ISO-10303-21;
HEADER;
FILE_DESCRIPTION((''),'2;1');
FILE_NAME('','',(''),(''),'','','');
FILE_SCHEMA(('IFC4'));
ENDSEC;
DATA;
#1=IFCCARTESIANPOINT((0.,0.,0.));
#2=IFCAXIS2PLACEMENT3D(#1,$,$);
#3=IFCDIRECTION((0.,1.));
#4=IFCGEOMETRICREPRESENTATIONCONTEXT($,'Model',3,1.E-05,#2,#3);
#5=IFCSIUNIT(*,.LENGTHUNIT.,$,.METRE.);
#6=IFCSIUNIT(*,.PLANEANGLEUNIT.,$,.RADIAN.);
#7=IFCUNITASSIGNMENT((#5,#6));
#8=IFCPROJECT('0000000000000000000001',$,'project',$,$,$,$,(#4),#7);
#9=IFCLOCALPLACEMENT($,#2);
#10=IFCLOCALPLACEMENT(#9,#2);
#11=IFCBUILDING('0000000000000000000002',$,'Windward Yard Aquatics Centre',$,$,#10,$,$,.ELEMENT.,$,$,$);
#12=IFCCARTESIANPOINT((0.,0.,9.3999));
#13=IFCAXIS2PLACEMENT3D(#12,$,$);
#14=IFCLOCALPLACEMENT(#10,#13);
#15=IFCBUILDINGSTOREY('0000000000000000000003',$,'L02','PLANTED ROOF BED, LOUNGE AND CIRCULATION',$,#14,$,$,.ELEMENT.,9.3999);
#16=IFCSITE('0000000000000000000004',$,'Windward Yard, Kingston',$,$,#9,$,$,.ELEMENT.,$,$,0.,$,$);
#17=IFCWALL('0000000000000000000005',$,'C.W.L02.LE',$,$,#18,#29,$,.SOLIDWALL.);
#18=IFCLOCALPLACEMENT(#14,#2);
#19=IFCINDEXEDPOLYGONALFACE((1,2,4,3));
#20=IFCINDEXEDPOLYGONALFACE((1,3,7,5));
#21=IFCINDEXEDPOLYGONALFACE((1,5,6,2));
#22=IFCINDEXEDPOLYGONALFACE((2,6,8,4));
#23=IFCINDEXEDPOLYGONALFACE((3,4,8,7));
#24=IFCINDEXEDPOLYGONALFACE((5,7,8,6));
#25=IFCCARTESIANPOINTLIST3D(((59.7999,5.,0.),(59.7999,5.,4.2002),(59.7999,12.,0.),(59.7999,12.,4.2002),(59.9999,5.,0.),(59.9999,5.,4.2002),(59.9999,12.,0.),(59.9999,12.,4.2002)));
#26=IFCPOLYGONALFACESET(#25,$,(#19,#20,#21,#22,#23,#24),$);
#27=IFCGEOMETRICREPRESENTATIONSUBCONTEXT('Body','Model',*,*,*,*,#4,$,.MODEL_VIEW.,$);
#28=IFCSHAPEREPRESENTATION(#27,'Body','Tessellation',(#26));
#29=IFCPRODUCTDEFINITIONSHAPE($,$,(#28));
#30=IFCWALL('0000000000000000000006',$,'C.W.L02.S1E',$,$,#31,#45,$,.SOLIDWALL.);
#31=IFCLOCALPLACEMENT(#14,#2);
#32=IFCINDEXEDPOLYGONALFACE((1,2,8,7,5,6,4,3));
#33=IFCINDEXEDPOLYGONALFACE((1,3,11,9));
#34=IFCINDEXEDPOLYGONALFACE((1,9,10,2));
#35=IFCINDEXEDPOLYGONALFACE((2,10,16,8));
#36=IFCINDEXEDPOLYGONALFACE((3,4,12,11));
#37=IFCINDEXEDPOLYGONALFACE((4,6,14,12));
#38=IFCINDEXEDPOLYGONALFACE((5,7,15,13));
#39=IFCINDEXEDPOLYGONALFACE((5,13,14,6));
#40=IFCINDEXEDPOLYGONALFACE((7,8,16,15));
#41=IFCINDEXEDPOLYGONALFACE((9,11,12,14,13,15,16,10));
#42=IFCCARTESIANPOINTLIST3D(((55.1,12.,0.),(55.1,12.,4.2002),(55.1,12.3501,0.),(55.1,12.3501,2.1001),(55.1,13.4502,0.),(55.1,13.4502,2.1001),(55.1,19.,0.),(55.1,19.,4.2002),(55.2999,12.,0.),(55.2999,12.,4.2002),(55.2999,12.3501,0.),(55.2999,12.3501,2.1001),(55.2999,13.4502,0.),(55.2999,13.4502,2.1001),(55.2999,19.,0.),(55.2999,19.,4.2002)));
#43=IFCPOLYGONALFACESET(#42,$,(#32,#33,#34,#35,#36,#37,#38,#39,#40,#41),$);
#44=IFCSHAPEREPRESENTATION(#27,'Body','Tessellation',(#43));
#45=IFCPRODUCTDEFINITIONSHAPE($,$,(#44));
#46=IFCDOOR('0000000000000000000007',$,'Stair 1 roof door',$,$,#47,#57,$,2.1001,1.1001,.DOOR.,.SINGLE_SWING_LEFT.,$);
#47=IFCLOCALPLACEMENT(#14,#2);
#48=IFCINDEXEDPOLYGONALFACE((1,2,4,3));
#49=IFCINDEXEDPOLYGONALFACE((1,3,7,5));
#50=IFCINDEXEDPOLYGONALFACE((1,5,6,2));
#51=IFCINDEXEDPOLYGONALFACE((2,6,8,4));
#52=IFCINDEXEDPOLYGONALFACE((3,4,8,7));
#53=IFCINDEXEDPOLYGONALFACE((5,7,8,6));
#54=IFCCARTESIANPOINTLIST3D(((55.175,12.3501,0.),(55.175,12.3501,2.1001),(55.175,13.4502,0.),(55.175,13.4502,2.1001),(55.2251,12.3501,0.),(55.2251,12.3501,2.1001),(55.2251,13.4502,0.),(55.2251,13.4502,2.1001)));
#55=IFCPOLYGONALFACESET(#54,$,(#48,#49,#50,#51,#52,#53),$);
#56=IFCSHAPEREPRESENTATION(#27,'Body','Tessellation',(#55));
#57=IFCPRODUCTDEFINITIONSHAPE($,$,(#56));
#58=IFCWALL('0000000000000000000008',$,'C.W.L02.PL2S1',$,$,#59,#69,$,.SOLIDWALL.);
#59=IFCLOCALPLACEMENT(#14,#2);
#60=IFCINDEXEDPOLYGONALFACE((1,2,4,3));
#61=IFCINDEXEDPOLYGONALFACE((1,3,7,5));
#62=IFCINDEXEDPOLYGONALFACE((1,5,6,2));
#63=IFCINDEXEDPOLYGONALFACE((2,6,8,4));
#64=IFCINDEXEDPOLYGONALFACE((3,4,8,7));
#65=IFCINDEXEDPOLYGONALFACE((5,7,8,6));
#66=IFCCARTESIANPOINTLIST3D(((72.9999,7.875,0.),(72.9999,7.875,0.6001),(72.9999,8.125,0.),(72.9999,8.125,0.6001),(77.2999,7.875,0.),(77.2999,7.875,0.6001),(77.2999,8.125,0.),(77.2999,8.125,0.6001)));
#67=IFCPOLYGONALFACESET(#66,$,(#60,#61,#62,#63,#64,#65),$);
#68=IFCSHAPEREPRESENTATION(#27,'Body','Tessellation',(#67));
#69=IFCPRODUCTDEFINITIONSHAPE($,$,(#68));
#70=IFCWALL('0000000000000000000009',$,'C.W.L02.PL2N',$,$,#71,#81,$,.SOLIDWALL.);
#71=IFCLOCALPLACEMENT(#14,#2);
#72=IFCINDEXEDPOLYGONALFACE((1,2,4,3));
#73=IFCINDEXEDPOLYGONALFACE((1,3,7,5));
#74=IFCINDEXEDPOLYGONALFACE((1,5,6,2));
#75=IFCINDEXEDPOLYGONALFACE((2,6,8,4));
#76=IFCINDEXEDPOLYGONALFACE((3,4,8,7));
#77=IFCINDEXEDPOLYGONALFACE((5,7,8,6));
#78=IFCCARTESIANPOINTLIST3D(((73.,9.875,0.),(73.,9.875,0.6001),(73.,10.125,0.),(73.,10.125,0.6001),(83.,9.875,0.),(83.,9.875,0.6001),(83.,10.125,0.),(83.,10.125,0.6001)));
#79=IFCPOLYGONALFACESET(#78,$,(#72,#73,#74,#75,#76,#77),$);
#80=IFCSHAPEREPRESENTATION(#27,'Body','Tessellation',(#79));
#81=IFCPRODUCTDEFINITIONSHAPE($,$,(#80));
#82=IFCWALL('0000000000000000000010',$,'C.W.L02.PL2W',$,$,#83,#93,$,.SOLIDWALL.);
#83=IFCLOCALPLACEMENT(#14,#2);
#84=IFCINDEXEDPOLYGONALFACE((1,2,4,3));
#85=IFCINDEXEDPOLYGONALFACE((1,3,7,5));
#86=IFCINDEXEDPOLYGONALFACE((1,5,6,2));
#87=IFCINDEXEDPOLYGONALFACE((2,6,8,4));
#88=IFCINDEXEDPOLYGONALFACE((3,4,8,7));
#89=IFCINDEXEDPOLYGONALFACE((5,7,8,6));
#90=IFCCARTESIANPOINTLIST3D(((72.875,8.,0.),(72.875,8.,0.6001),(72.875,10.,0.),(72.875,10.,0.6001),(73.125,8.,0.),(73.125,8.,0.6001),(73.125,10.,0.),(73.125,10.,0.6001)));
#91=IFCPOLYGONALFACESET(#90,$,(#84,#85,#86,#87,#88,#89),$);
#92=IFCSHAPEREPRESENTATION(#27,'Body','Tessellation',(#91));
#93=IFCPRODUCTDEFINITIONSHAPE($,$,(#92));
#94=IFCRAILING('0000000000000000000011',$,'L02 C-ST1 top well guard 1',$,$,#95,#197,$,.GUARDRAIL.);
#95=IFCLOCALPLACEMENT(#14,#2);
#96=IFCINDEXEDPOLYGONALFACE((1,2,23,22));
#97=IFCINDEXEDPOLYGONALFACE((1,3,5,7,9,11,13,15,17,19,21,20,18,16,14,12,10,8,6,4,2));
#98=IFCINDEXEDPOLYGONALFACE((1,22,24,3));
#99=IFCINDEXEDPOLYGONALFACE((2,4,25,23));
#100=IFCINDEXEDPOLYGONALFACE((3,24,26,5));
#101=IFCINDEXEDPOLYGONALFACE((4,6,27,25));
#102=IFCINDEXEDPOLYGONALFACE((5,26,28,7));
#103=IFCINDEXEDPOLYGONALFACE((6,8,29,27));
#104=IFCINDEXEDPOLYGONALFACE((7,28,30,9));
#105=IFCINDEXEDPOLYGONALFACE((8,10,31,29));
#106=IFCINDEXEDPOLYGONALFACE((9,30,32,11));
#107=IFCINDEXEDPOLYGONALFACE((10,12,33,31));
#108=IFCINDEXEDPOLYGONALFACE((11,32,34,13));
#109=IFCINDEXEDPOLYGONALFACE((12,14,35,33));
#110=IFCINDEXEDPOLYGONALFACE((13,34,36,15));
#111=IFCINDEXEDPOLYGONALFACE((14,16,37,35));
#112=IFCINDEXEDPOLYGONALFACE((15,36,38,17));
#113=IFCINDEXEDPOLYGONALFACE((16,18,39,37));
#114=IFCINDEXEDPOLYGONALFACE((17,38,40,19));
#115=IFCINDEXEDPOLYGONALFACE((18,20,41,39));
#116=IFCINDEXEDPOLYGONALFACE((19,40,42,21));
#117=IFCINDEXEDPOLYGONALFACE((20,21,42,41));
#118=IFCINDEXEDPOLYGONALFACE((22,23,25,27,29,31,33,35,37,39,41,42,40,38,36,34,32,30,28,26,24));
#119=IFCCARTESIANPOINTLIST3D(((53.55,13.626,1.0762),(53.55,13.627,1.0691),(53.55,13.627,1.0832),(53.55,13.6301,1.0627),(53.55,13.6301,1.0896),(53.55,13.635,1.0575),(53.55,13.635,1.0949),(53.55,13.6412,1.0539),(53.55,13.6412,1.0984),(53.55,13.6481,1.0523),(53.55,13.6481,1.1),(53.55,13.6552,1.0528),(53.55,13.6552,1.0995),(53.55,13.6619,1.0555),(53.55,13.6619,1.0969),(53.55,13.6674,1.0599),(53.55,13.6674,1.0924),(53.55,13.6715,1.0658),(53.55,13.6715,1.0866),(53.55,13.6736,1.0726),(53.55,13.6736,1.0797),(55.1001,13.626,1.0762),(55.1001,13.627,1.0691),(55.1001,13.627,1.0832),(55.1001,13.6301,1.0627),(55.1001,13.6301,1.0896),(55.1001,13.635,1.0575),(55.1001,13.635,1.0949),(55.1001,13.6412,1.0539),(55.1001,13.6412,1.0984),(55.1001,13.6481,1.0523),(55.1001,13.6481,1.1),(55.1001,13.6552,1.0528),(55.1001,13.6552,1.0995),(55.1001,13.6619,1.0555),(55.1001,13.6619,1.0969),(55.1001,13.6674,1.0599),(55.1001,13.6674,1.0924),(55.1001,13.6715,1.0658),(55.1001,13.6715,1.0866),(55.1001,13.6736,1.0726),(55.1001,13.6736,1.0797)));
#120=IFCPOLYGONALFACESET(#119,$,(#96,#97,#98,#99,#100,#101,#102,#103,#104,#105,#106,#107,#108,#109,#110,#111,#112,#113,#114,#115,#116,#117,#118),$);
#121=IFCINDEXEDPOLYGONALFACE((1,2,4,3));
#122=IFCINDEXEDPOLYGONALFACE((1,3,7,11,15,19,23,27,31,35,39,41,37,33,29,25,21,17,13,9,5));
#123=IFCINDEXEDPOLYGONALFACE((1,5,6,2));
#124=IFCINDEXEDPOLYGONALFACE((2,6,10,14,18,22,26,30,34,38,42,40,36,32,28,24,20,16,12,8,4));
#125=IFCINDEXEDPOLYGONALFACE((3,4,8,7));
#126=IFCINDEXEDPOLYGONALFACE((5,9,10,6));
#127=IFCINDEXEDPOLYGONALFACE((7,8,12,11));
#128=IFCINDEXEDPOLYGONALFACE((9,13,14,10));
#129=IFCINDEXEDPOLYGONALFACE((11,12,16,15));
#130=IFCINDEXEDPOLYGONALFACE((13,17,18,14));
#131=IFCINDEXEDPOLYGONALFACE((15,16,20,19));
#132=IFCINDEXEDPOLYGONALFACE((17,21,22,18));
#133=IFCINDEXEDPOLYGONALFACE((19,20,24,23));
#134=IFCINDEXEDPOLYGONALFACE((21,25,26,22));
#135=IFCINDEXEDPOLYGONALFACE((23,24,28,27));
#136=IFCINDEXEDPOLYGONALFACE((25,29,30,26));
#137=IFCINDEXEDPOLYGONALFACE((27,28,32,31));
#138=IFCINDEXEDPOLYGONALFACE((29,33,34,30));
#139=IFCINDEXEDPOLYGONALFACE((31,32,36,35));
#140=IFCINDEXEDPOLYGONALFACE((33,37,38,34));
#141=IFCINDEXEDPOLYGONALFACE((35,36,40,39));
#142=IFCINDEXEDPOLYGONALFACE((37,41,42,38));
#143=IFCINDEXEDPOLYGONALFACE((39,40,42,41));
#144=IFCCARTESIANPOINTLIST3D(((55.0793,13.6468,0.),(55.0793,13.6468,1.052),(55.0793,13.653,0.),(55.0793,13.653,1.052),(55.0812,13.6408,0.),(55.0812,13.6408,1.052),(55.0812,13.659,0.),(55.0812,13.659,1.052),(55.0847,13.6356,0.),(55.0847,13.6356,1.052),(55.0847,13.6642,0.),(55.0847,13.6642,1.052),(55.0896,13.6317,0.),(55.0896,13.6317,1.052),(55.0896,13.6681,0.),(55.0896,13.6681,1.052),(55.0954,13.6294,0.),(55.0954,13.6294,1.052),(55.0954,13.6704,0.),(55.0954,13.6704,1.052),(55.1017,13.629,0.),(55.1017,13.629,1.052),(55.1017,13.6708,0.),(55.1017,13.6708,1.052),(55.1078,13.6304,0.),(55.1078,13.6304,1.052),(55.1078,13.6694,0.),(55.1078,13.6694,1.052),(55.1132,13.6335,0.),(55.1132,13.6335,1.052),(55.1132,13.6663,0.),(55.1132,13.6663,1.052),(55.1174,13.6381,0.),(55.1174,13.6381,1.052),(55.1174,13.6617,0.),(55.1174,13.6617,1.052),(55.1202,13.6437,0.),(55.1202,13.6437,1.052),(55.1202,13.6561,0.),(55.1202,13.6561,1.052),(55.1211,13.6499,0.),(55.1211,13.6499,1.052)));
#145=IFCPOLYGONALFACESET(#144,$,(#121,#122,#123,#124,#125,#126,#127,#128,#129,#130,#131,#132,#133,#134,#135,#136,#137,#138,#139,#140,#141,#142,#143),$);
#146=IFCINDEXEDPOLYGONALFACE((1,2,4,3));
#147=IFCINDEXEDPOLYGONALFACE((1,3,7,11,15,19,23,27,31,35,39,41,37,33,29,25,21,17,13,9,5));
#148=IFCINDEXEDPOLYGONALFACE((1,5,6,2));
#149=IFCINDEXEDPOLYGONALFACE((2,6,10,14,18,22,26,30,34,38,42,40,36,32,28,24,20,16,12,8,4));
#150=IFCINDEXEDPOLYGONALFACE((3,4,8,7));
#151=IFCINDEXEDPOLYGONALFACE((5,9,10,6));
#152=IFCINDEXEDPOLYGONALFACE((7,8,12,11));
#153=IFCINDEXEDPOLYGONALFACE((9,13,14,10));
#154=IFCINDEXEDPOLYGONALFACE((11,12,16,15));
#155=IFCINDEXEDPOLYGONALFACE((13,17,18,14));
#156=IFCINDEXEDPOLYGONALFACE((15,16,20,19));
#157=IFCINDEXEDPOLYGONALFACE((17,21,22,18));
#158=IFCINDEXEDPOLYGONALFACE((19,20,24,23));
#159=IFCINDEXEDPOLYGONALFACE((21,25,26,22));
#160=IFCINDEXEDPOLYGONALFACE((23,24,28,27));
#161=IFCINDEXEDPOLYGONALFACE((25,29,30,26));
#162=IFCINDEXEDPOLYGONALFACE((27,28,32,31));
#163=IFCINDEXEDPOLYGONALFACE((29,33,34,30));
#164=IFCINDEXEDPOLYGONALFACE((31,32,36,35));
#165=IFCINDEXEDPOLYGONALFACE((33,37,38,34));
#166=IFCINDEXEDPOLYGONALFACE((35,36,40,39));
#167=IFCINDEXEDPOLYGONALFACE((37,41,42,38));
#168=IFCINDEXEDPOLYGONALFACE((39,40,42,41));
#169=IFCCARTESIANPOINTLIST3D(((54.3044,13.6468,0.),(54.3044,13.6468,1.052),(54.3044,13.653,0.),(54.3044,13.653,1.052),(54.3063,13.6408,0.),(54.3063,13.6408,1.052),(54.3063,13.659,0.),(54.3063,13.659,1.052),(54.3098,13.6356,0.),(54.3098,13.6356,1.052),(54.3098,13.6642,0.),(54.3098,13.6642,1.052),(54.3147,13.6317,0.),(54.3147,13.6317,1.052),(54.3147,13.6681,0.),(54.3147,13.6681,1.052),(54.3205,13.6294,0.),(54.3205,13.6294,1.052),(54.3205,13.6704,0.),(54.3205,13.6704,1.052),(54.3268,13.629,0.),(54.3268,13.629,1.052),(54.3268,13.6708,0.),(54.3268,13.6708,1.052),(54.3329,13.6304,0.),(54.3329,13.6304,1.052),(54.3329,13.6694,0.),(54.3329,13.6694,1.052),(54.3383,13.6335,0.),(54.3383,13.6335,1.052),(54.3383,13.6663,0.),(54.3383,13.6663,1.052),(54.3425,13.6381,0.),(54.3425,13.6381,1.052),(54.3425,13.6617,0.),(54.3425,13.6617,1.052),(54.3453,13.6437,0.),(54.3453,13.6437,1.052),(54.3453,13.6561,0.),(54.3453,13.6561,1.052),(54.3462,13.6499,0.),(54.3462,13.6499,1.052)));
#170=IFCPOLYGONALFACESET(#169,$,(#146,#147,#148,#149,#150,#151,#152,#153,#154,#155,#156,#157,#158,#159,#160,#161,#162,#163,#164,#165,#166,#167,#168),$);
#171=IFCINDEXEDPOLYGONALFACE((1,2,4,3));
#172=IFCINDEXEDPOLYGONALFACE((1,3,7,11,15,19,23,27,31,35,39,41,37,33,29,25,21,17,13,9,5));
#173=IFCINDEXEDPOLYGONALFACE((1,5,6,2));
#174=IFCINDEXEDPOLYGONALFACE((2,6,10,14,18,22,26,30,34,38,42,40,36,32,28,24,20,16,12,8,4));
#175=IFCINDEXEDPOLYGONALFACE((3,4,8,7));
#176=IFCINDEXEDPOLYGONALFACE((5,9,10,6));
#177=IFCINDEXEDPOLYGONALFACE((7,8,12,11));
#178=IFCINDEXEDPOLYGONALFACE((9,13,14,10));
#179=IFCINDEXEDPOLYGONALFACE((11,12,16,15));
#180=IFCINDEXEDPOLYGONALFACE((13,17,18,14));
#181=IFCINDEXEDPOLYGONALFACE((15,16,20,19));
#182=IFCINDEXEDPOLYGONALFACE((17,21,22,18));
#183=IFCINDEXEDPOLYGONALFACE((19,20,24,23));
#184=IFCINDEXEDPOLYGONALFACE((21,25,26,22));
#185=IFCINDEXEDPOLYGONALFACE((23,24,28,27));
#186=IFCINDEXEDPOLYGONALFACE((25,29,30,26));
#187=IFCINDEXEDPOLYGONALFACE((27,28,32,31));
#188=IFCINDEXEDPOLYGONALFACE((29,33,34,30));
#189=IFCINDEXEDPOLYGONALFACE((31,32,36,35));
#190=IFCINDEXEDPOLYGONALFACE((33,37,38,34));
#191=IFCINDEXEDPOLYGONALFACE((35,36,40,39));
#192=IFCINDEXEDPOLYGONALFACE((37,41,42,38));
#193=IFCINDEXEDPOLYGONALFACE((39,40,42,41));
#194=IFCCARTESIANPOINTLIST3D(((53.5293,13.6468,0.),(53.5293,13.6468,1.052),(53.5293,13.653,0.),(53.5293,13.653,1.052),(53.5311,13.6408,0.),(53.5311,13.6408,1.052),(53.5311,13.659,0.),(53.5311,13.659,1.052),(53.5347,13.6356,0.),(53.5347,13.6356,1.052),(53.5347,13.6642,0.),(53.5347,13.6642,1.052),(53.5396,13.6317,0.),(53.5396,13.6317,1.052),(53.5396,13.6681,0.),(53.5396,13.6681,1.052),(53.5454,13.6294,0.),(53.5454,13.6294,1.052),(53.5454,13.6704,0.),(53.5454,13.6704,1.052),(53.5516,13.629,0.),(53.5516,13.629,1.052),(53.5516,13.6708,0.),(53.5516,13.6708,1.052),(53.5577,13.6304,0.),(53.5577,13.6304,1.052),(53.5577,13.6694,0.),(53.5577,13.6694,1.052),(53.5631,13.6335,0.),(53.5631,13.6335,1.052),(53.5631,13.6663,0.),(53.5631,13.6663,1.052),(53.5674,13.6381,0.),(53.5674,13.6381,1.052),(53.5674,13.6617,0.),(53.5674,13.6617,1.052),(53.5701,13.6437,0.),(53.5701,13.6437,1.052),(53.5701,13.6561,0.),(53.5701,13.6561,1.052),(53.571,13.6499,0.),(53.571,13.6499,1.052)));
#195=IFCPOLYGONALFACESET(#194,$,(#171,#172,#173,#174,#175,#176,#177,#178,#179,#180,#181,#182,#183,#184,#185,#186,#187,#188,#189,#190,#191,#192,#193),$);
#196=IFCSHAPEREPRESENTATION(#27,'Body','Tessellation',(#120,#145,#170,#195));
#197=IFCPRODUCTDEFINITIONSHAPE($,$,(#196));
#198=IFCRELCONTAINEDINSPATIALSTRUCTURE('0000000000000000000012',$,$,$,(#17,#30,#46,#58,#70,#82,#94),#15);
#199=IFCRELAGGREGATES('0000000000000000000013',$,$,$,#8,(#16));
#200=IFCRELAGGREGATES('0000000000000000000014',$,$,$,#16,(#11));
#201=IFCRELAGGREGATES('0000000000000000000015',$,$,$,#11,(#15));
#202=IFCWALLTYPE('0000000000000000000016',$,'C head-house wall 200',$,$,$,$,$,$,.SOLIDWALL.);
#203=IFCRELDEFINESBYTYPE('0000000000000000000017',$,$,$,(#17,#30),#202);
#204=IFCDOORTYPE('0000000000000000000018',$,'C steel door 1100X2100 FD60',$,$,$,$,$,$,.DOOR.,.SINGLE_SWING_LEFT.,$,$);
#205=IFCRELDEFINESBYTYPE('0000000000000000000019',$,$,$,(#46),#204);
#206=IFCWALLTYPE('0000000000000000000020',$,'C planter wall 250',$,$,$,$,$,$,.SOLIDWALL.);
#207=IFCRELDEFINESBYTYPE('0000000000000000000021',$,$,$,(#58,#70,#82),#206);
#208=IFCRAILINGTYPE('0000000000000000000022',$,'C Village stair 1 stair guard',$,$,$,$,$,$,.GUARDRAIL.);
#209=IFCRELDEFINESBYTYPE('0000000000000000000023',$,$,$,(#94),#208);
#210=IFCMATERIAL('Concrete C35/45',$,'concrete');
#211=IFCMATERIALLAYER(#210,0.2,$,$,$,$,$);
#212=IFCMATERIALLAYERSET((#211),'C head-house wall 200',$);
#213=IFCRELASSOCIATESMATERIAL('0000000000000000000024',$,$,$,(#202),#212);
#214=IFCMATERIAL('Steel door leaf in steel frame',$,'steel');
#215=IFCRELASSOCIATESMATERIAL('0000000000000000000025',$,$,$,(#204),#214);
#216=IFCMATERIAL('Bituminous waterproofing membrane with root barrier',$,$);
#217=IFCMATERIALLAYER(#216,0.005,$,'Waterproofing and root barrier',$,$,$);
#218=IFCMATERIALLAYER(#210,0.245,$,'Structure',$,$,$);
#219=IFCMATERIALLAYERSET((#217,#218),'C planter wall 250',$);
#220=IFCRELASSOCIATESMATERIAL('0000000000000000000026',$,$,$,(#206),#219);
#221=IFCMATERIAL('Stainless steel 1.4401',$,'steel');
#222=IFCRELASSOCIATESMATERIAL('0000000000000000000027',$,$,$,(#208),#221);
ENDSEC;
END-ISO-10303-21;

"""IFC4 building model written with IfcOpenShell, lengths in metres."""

from ifc_helpers import new_model, si_unit, direction, frame, frame_2d, origin, origin_2d, place, context, subcontext, project, spatial, rectangle, circle, extrude, material, layer, layer_set, type_object, element, fill, save


model = new_model("IFC4")

# Units and contexts
model_context = context("Model", 3, precision=1e-05, world=origin(), true_north=direction((0.0, 1.0)))
body_context = subcontext(model_context, "Body", "Model", "MODEL_VIEW")
ifc_project = project(units=[si_unit("LENGTHUNIT", "METRE"), si_unit("PLANEANGLEUNIT", "RADIAN")], contexts=[model_context])

# Site, building, storey
site_placement = place(None, origin())
site = spatial("IfcSite", under=ifc_project, at=site_placement, Name="Windward Yard, Kingston", CompositionType="ELEMENT", RefElevation=0.0)
building_placement = place(site_placement, origin())
building = spatial("IfcBuilding", under=site, at=building_placement, Name="Windward Yard Aquatics Centre", CompositionType="ELEMENT")
storey_placement = place(building_placement, frame((0.0, 0.0, 9.3999)))
storey = spatial("IfcBuildingStorey", under=building, at=storey_placement, Name="L02", Description="PLANTED ROOF BED, LOUNGE AND CIRCULATION", CompositionType="ELEMENT", Elevation=9.3999)

# Wall
ifc_material_1 = material(Name="Concrete C35/45", Category="concrete")
ifc_layer_1 = layer(ifc_material_1, 0.2)
ifc_layer_set_1 = layer_set([ifc_layer_1], Name="C head-house wall 200")
wall_type_1 = type_object("IfcWallType", Name="C head-house wall 200", PredefinedType="SOLIDWALL", material=ifc_layer_set_1)
wall_1_placement = place(storey_placement, frame((59.8999, 5.0, 0.0), z_axis=(0.0, 0.0, 1.0), x_axis=(0.0, 1.0, 0.0)))
element("IfcWall", 1, at=wall_1_placement, inside=storey, type_object=wall_type_1, Name="C.W.L02.LE", PredefinedType="SOLIDWALL", context=body_context, shape_type="SweptSolid", body=[
    extrude(rectangle(XDim=7.0, YDim=0.2, at=frame_2d((3.5, 0.0))), origin(), (0.0, 0.0, 1.0), 4.2002),
])

# Wall, opening, door
wall_2_placement = place(storey_placement, frame((55.2, 12.0, 0.0), z_axis=(0.0, 0.0, 1.0), x_axis=(0.0, 1.0, 0.0)))
wall_2 = element("IfcWall", 2, at=wall_2_placement, inside=storey, type_object=wall_type_1, Name="C.W.L02.S1E", PredefinedType="SOLIDWALL", context=body_context, shape_type="SweptSolid", body=[
    extrude(rectangle(XDim=7.0, YDim=0.2, at=frame_2d((3.5, 0.0))), origin(), (0.0, 0.0, 1.0), 4.2002),
])
opening_placement = place(wall_2_placement, frame((0.3501, 0.0, 0.0)))
opening = element("IfcOpeningElement", 3, at=opening_placement, cuts=wall_2, PredefinedType="OPENING", context=body_context, shape_type="SweptSolid", body=[
    extrude(rectangle(XDim=1.1001, YDim=2.1001, at=frame_2d((0.55, 1.05))), frame((0.0, 0.1099, 0.0), z_axis=(0.0, -1.0, 0.0), x_axis=(1.0, 0.0, 0.0)), (0.0, 0.0, 1.0), 0.22),
])
ifc_material_2 = material(Name="Steel door leaf in steel frame", Category="steel")
door_type = type_object("IfcDoorType", Name="C steel door 1100X2100 FD60", OperationType="SINGLE_SWING_LEFT", PredefinedType="DOOR", material=ifc_material_2)
door_placement = place(opening_placement, origin())
door = element("IfcDoor", 4, at=door_placement, inside=storey, type_object=door_type, Name="Stair 1 roof door", OperationType="SINGLE_SWING_LEFT", OverallHeight=2.1001, OverallWidth=1.1001, PredefinedType="DOOR", context=body_context, shape_type="SweptSolid", body=[
    extrude(rectangle(XDim=1.1001, YDim=2.1001, at=frame_2d((0.55, 1.05))), frame((0.0, 0.0249, 0.0), z_axis=(0.0, -1.0, 0.0), x_axis=(1.0, 0.0, 0.0)), (0.0, 0.0, 1.0), 0.05),
])
fill(opening, door)

# Walls
ifc_material_3 = material(Name="Bituminous waterproofing membrane with root barrier")
ifc_layer_2 = layer(ifc_material_3, 0.005, Name="Waterproofing and root barrier")
ifc_layer_3 = layer(ifc_material_1, 0.245, Name="Structure")
ifc_layer_set_2 = layer_set([ifc_layer_2, ifc_layer_3], Name="C planter wall 250")
wall_type_2 = type_object("IfcWallType", Name="C planter wall 250", PredefinedType="SOLIDWALL", material=ifc_layer_set_2)
wall_3_placement = place(storey_placement, frame((73.0, 8.0, 0.0), z_axis=(0.0, 0.0, 1.0), x_axis=(1.0, 0.0, 0.0)))
element("IfcWall", 5, at=wall_3_placement, inside=storey, type_object=wall_type_2, Name="C.W.L02.PL2S1", PredefinedType="SOLIDWALL", context=body_context, shape_type="SweptSolid", body=[
    extrude(rectangle(XDim=4.3, YDim=0.25, at=frame_2d((2.1499, 0.0))), origin(), (0.0, 0.0, 1.0), 0.6001),
])
wall_4_placement = place(storey_placement, frame((73.0, 10.0, 0.0), z_axis=(0.0, 0.0, 1.0), x_axis=(1.0, 0.0, 0.0)))
element("IfcWall", 6, at=wall_4_placement, inside=storey, type_object=wall_type_2, Name="C.W.L02.PL2N", PredefinedType="SOLIDWALL", context=body_context, shape_type="SweptSolid", body=[
    extrude(rectangle(XDim=10.0, YDim=0.25, at=frame_2d((5.0, 0.0))), origin(), (0.0, 0.0, 1.0), 0.6001),
])
wall_5_placement = place(storey_placement, frame((73.0, 8.0, 0.0), z_axis=(0.0, 0.0, 1.0), x_axis=(0.0, 1.0, 0.0)))
element("IfcWall", 7, at=wall_5_placement, inside=storey, type_object=wall_type_2, Name="C.W.L02.PL2W", PredefinedType="SOLIDWALL", context=body_context, shape_type="SweptSolid", body=[
    extrude(rectangle(XDim=2.0, YDim=0.25, at=frame_2d((1.0, 0.0))), origin(), (0.0, 0.0, 1.0), 0.6001),
])

# Railing
ifc_material_4 = material(Name="Stainless steel 1.4401", Category="steel")
railing_type = type_object("IfcRailingType", Name="C Village stair 1 stair guard", PredefinedType="GUARDRAIL", material=ifc_material_4)
railing_placement = place(storey_placement, frame((55.1001, 13.6499, 0.0)))
element("IfcRailing", 8, at=railing_placement, inside=storey, type_object=railing_type, Name="L02 C-ST1 top well guard 1", PredefinedType="GUARDRAIL", context=body_context, shape_type="SweptSolid", body=[
    extrude(circle(Radius=0.0239, at=origin_2d()), frame((0.0, 0.0, 1.0762), z_axis=(-1.0, 0.0, 0.0), x_axis=(0.0, -1.0, 0.0)), (0.0, 0.0, 1.0), 1.55),
    extrude(circle(Radius=0.021, at=origin_2d()), origin(), (0.0, 0.0, 1.0), 1.052),
    extrude(circle(Radius=0.021, at=origin_2d()), frame((-0.7749, 0.0, 0.0)), (0.0, 0.0, 1.0), 1.052),
    extrude(circle(Radius=0.021, at=origin_2d()), frame((-1.55, 0.0, 0.0)), (0.0, 0.0, 1.0), 1.052),
])

save(model, "model.ifc")
